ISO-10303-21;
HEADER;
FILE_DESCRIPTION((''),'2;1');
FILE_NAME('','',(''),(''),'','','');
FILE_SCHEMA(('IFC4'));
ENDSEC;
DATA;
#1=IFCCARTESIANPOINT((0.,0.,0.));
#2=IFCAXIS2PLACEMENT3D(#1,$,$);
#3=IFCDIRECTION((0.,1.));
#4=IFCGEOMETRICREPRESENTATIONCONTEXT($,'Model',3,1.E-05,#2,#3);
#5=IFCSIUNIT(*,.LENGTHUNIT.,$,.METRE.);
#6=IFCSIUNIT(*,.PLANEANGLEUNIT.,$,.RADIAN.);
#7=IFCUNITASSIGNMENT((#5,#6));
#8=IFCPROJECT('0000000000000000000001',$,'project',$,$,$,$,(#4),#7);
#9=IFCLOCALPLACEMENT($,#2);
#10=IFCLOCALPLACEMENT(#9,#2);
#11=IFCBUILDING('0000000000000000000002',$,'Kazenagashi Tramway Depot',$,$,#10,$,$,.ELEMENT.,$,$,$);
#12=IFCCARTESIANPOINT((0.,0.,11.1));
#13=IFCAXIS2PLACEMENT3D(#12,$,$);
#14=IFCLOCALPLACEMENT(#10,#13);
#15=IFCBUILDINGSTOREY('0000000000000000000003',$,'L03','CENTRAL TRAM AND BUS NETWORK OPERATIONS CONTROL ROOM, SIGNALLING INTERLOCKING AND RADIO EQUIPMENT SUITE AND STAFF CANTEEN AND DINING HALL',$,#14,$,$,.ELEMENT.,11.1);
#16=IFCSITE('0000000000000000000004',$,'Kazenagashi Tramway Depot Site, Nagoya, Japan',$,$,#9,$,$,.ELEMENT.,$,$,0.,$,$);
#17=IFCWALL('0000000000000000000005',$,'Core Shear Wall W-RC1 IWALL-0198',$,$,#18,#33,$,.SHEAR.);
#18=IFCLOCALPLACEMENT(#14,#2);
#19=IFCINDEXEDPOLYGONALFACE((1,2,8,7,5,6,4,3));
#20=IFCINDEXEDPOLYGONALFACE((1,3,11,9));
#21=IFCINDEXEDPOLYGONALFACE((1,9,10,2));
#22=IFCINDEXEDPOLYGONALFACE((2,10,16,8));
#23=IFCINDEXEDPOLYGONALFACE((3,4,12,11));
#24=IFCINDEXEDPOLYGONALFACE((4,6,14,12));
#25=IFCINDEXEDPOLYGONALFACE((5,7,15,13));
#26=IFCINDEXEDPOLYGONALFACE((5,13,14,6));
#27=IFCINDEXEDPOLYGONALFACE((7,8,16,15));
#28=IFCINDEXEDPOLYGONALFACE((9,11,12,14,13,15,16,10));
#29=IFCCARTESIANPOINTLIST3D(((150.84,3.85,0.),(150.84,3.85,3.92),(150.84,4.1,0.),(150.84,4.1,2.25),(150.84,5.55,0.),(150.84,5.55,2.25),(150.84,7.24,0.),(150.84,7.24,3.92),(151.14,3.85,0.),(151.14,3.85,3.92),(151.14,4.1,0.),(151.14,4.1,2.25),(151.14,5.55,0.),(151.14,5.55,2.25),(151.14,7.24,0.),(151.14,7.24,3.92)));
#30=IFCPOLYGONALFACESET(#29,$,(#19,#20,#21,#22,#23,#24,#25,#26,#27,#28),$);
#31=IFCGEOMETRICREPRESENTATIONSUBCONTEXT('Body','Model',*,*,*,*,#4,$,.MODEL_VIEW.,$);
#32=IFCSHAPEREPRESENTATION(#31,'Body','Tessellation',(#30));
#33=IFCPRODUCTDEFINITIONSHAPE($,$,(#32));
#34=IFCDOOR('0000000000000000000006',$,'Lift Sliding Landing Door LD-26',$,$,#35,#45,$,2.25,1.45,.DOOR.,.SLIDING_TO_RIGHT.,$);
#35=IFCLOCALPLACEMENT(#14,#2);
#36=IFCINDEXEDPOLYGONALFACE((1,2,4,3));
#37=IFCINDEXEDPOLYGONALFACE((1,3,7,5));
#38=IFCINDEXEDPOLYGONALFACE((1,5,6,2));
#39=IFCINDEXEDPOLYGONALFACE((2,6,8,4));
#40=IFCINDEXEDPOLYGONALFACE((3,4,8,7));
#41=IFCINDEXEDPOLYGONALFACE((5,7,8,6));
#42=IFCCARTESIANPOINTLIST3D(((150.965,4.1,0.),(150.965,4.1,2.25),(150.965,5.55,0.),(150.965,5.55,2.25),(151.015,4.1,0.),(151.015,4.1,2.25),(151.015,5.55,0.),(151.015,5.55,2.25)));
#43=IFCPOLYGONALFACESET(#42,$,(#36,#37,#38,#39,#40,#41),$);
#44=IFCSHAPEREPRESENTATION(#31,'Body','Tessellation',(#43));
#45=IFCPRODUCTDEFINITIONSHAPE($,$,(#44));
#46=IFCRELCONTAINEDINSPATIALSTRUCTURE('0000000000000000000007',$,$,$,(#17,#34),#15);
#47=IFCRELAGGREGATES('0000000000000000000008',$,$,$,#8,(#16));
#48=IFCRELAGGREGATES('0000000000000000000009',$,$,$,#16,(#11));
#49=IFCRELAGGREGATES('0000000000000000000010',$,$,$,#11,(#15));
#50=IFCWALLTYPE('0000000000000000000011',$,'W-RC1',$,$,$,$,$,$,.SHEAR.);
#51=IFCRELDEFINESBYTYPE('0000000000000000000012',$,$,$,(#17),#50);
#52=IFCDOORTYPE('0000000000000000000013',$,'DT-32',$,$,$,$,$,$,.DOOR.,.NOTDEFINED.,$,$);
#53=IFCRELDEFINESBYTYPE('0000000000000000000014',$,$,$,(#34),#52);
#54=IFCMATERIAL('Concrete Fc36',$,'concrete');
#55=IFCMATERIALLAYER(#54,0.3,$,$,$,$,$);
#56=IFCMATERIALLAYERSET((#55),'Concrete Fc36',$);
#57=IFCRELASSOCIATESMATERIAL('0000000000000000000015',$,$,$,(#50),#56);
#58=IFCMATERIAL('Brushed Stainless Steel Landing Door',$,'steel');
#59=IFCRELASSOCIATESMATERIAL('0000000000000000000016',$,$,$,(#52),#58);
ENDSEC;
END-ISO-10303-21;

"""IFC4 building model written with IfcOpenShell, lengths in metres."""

from ifc_helpers import new_model, si_unit, direction, frame, frame_2d, origin, place, context, subcontext, project, spatial, rectangle, extrude, material, layer, layer_set, type_object, element, fill, save


model = new_model("IFC4")

# Units and contexts
model_context = context("Model", 3, precision=1e-05, world=origin(), true_north=direction((0.0, 1.0)))
body_context = subcontext(model_context, "Body", "Model", "MODEL_VIEW")
ifc_project = project(units=[si_unit("LENGTHUNIT", "METRE"), si_unit("PLANEANGLEUNIT", "RADIAN")], contexts=[model_context])

# Site, building, storey
site_placement = place(None, origin())
site = spatial("IfcSite", under=ifc_project, at=site_placement, Name="Kazenagashi Tramway Depot Site, Nagoya, Japan", CompositionType="ELEMENT", RefElevation=0.0)
building_placement = place(site_placement, origin())
building = spatial("IfcBuilding", under=site, at=building_placement, Name="Kazenagashi Tramway Depot", CompositionType="ELEMENT")
storey_placement = place(building_placement, frame((0.0, 0.0, 11.1)))
storey = spatial("IfcBuildingStorey", under=building, at=storey_placement, Name="L03", Description="CENTRAL TRAM AND BUS NETWORK OPERATIONS CONTROL ROOM, SIGNALLING INTERLOCKING AND RADIO EQUIPMENT SUITE AND STAFF CANTEEN AND DINING HALL", CompositionType="ELEMENT", Elevation=11.1)

# Shared definitions
ifc_material_1 = material(Name="Concrete Fc36", Category="concrete")
ifc_layer = layer(ifc_material_1, 0.3)
ifc_layer_set = layer_set([ifc_layer], Name="Concrete Fc36")
wall_type = type_object("IfcWallType", Name="W-RC1", PredefinedType="SHEAR", material=ifc_layer_set)

# Wall, opening, door
wall_1_placement = place(storey_placement, frame((150.99, 3.85, 0.0), z_axis=(0.0, 0.0, 1.0), x_axis=(0.0, 1.0, 0.0)))
wall_1 = element("IfcWall", 1, at=wall_1_placement, inside=storey, type_object=wall_type, Name="Core Shear Wall W-RC1 IWALL-0198", PredefinedType="SHEAR", context=body_context, shape_type="SweptSolid", body=[
    extrude(rectangle(XDim=3.39, YDim=0.3, at=frame_2d((1.695, 0.0))), origin(), (0.0, 0.0, 1.0), 3.92),
])
opening_placement = place(wall_1_placement, frame((0.25, 0.0, 0.0)))
opening = element("IfcOpeningElement", 2, at=opening_placement, cuts=wall_1, PredefinedType="OPENING", context=body_context, shape_type="SweptSolid", body=[
    extrude(rectangle(XDim=1.45, YDim=2.25, at=frame_2d((0.725, 1.125))), frame((0.0, 0.16, 0.0), z_axis=(0.0, -1.0, 0.0), x_axis=(1.0, 0.0, 0.0)), (0.0, 0.0, 1.0), 0.32),
])
ifc_material_2 = material(Name="Brushed Stainless Steel Landing Door", Category="steel")
door_type = type_object("IfcDoorType", Name="DT-32", OperationType="NOTDEFINED", PredefinedType="DOOR", material=ifc_material_2)
door_placement = place(opening_placement, origin())
door = element("IfcDoor", 3, at=door_placement, inside=storey, type_object=door_type, Name="Lift Sliding Landing Door LD-26", OperationType="SLIDING_TO_RIGHT", OverallHeight=2.25, OverallWidth=1.45, PredefinedType="DOOR", context=body_context, shape_type="SweptSolid", body=[
    extrude(rectangle(XDim=1.45, YDim=2.25, at=frame_2d((0.725, 1.125))), frame((0.0, 0.025, 0.0), z_axis=(0.0, -1.0, 0.0), x_axis=(1.0, 0.0, 0.0)), (0.0, 0.0, 1.0), 0.05),
])
fill(opening, door)

save(model, "model.ifc")
